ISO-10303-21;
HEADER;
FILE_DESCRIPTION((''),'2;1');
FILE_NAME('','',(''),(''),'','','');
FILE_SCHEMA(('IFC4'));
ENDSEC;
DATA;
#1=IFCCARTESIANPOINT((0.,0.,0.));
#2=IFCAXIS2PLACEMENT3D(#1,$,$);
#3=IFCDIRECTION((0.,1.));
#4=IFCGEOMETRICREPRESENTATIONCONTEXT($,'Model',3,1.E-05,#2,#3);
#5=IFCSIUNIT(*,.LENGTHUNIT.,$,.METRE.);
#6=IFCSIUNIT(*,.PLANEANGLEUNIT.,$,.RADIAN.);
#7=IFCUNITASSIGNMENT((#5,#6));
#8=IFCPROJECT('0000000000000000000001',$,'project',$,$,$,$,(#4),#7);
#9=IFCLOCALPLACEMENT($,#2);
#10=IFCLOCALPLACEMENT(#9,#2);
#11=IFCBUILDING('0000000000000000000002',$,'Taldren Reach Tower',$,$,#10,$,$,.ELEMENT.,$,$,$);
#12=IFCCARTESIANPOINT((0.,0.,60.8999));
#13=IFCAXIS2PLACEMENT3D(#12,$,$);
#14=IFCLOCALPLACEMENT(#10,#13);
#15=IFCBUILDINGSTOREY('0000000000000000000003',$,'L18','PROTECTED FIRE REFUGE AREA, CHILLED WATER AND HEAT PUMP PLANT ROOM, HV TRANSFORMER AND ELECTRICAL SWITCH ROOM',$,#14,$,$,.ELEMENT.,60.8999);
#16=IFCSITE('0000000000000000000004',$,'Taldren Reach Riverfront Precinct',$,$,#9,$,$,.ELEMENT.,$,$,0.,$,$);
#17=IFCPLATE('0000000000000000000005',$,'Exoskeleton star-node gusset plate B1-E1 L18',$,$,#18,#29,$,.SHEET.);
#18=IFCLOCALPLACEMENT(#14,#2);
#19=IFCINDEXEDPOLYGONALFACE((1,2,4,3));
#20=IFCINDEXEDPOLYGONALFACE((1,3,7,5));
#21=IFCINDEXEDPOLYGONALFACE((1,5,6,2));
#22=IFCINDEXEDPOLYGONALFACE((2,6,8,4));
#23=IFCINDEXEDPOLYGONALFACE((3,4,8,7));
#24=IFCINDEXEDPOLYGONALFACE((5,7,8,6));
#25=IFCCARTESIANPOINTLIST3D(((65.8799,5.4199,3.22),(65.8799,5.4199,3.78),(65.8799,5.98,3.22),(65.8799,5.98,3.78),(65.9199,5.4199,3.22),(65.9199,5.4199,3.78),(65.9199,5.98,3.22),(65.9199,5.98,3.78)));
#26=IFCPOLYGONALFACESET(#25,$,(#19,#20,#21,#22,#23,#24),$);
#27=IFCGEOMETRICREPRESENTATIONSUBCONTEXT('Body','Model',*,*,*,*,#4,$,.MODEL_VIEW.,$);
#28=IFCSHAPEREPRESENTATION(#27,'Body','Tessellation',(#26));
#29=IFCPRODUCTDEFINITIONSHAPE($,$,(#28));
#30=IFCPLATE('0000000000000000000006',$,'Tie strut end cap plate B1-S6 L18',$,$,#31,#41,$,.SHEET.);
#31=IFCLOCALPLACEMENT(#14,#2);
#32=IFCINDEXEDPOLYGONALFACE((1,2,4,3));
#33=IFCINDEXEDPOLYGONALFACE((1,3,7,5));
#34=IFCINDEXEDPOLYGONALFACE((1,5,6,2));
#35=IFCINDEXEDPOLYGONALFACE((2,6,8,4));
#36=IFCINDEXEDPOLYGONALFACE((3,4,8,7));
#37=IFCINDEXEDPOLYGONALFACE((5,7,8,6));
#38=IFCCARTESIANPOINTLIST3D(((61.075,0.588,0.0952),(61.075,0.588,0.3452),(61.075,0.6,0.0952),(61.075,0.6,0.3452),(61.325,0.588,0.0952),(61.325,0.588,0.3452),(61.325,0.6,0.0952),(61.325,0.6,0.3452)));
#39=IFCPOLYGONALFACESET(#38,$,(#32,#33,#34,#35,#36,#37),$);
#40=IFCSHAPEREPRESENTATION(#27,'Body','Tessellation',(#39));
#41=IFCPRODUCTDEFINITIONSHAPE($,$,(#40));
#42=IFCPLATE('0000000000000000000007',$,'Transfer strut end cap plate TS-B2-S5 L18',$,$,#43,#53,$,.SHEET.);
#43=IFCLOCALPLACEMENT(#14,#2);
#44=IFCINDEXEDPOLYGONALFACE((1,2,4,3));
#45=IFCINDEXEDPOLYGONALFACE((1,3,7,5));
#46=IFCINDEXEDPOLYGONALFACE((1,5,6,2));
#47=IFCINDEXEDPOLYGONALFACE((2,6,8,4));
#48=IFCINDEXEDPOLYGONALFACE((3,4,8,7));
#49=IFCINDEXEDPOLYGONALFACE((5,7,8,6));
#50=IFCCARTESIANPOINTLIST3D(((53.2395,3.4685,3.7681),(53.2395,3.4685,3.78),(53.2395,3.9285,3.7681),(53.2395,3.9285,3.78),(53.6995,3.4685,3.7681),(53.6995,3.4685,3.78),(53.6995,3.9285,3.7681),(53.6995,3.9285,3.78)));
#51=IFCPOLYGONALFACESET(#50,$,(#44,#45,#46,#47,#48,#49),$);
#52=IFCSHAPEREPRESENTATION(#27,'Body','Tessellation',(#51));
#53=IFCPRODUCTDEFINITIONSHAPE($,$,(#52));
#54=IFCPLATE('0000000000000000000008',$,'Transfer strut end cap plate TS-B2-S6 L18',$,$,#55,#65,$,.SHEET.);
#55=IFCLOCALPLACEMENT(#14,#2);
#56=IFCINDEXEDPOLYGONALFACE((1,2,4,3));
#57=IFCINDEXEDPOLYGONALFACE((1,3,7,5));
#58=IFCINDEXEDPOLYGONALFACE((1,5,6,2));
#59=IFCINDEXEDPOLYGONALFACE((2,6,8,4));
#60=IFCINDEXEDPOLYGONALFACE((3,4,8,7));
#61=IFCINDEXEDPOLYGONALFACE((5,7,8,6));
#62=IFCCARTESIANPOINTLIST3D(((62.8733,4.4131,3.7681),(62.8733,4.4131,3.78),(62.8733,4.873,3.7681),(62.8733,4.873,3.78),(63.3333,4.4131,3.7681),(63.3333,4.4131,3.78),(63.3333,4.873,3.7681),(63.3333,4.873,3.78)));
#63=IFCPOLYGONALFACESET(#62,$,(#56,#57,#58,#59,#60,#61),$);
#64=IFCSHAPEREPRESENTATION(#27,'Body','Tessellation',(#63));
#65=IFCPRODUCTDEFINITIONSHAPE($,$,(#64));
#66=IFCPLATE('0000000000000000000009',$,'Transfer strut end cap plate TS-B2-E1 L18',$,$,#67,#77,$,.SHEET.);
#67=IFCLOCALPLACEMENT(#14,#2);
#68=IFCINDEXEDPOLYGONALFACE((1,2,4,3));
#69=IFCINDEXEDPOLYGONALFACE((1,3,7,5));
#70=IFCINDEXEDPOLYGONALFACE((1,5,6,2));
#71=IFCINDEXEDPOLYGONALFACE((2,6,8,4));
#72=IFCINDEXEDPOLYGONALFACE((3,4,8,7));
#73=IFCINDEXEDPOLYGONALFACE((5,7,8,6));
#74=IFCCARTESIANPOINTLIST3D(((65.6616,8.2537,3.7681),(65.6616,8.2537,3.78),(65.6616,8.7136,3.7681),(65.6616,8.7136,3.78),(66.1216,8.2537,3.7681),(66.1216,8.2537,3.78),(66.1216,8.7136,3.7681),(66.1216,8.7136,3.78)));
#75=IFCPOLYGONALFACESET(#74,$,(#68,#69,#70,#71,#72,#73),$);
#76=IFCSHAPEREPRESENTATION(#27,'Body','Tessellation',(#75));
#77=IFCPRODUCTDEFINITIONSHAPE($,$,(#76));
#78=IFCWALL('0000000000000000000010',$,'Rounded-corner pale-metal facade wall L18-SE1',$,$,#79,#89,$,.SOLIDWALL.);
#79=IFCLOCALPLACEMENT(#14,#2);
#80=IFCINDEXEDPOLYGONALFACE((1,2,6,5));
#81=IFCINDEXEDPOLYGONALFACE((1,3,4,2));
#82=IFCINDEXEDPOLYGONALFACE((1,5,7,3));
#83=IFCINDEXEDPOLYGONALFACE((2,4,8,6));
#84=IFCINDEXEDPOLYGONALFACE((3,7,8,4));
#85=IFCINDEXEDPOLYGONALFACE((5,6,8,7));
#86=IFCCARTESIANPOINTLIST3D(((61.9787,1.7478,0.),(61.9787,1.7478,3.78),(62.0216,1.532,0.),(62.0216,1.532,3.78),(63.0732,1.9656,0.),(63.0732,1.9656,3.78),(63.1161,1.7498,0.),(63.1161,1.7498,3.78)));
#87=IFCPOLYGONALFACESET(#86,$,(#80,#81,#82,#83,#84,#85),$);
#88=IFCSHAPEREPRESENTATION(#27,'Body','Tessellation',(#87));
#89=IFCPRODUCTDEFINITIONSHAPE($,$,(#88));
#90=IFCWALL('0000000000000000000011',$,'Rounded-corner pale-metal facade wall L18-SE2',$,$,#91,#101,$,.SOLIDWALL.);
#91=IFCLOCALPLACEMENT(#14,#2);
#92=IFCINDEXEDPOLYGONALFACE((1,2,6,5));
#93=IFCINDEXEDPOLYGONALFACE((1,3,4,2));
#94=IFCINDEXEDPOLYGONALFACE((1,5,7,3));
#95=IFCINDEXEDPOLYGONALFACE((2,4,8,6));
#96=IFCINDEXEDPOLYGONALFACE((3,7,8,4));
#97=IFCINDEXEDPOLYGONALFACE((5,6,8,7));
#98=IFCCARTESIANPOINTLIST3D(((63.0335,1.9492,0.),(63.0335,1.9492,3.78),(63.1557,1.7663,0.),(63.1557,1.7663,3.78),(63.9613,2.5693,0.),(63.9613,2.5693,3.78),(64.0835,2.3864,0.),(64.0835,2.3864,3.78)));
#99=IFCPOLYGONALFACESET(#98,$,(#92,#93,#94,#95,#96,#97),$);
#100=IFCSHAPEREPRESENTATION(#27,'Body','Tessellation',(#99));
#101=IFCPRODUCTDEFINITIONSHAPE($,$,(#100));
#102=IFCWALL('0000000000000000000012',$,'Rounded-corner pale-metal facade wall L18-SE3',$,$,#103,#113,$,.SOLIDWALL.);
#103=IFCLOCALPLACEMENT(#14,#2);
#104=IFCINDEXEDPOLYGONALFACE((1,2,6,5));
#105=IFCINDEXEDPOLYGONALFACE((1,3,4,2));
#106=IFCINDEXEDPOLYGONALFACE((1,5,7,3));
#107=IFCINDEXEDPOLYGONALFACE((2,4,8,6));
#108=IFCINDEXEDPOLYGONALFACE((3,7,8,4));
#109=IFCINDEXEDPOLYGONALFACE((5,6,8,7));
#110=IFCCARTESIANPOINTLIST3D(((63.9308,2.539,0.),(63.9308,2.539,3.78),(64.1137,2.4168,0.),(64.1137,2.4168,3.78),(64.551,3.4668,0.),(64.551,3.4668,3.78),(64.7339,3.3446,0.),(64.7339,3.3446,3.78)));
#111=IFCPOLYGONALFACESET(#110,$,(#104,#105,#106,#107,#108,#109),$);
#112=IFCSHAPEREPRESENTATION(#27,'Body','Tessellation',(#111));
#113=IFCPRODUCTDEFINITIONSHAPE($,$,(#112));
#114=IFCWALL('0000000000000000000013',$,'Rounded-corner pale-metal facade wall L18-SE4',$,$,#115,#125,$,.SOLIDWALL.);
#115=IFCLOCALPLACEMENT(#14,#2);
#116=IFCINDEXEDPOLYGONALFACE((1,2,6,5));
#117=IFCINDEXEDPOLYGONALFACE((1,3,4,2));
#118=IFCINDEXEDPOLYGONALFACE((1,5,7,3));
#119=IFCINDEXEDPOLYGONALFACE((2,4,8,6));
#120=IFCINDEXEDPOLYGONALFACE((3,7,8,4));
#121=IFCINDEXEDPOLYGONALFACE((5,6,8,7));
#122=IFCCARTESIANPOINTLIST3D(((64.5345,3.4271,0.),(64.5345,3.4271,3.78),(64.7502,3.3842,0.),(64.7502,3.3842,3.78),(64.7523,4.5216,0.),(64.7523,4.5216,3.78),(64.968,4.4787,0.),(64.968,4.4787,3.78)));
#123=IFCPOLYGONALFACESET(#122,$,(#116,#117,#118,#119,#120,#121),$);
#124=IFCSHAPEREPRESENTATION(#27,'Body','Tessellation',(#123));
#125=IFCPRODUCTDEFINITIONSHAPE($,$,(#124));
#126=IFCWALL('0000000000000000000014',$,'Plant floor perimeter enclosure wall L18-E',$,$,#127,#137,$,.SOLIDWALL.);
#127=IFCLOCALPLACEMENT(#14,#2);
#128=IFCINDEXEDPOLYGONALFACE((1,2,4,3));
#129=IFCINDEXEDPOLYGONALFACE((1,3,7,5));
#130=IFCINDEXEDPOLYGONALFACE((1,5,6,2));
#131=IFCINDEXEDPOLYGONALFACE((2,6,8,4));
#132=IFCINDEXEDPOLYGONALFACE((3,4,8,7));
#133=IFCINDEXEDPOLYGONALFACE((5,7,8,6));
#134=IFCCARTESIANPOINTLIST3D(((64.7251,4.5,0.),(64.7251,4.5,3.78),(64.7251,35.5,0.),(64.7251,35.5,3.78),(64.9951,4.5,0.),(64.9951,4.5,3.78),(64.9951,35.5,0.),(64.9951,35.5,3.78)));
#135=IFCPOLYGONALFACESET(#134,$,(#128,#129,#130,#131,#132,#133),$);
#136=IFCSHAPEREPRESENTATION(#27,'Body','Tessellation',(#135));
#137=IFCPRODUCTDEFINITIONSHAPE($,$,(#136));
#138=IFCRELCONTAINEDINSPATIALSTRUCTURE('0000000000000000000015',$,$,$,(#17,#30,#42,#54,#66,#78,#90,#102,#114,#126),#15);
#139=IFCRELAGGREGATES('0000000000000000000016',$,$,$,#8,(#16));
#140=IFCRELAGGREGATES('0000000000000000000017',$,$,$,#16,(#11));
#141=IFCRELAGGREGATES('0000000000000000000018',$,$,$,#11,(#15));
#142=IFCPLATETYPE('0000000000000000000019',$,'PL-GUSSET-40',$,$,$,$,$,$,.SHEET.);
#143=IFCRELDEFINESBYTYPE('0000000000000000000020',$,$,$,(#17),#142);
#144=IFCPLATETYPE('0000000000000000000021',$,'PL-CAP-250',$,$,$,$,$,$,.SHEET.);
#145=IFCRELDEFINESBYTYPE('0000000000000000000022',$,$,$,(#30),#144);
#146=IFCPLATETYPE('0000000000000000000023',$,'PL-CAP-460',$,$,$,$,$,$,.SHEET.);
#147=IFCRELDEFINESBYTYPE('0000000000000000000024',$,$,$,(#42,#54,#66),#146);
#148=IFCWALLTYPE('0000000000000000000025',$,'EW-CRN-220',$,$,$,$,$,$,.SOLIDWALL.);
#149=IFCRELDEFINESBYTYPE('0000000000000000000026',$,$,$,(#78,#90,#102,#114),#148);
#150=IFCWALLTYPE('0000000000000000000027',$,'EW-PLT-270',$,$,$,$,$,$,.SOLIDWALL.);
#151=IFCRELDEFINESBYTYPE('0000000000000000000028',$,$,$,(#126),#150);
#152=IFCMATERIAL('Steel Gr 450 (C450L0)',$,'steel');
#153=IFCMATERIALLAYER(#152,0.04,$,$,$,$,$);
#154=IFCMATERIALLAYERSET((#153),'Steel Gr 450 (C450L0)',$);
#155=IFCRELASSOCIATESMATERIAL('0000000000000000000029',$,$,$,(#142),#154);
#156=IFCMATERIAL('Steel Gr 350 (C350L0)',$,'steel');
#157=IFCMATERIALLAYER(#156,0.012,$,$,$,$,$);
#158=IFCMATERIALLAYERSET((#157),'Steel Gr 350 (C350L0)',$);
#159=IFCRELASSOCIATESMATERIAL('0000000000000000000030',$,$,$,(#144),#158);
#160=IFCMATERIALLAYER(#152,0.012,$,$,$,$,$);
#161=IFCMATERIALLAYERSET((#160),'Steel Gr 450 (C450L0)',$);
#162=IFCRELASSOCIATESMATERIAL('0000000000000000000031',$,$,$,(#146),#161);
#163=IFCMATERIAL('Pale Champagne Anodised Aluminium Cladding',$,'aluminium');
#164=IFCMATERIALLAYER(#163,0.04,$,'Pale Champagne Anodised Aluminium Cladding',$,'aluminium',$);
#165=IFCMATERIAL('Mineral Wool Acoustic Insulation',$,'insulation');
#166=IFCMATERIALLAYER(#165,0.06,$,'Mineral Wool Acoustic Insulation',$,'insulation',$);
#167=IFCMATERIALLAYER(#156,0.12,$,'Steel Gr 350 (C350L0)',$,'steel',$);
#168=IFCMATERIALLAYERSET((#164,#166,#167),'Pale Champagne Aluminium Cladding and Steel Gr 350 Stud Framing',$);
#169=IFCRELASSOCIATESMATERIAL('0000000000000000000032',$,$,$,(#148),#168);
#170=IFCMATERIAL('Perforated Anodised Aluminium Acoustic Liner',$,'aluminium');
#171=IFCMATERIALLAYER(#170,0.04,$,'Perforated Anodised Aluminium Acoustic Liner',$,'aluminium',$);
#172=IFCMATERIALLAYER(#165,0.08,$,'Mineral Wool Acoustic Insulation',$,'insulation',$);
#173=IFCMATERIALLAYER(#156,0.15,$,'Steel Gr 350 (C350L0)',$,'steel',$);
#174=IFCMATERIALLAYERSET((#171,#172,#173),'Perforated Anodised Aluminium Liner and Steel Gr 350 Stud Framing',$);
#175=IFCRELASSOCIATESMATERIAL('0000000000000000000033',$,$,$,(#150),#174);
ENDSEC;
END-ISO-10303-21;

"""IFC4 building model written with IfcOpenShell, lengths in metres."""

from ifc_helpers import new_model, si_unit, direction, frame, frame_2d, origin, origin_2d, place, context, subcontext, project, spatial, rectangle, extrude, source, transform, mapped, material, layer, layer_set, type_object, element, save


model = new_model("IFC4")

# Units and contexts
model_context = context("Model", 3, precision=1e-05, world=origin(), true_north=direction((0.0, 1.0)))
body_context = subcontext(model_context, "Body", "Model", "MODEL_VIEW")
ifc_project = project(units=[si_unit("LENGTHUNIT", "METRE"), si_unit("PLANEANGLEUNIT", "RADIAN")], contexts=[model_context])

# Site, building, storey
site_placement = place(None, origin())
site = spatial("IfcSite", under=ifc_project, at=site_placement, Name="Taldren Reach Riverfront Precinct", CompositionType="ELEMENT", RefElevation=0.0)
building_placement = place(site_placement, origin())
building = spatial("IfcBuilding", under=site, at=building_placement, Name="Taldren Reach Tower", CompositionType="ELEMENT")
storey_placement = place(building_placement, frame((0.0, 0.0, 60.8999)))
storey = spatial("IfcBuildingStorey", under=building, at=storey_placement, Name="L18", Description="PROTECTED FIRE REFUGE AREA, CHILLED WATER AND HEAT PUMP PLANT ROOM, HV TRANSFORMER AND ELECTRICAL SWITCH ROOM", CompositionType="ELEMENT", Elevation=60.8999)

# Shared definitions
ifc_material_1 = material(Name="Steel Gr 450 (C450L0)", Category="steel")
ifc_material_2 = material(Name="Steel Gr 350 (C350L0)", Category="steel")

# Plates
ifc_layer_1 = layer(ifc_material_1, 0.04)
ifc_layer_set_1 = layer_set([ifc_layer_1], Name="Steel Gr 450 (C450L0)")
plate_type_1 = type_object("IfcPlateType", Name="PL-GUSSET-40", PredefinedType="SHEET", material=ifc_layer_set_1)
shared_shape_1 = source(origin(), body_context, "Body", "SweptSolid", [
    extrude(rectangle(XDim=0.5601, YDim=0.04, at=origin_2d()), origin(), (0.0, 0.0, 1.0), 0.5601),
])
for number, where, z_axis, x_axis, name in (
    (1, (65.8999, 5.7, 3.22), (0.0, 0.0, 1.0), (0.0, 1.0, 0.0), "Exoskeleton star-node gusset plate B1-E1 L18"),
):
    element("IfcPlate", number, at=place(storey_placement, frame(where, z_axis=z_axis, x_axis=x_axis)), inside=storey, type_object=plate_type_1, Name=name, PredefinedType="SHEET", context=body_context, shape_type="MappedRepresentation", body=[
        mapped(shared_shape_1, transform((0.0, 0.0, 0.0), scale=1.0)),
    ])
ifc_layer_2 = layer(ifc_material_2, 0.012)
ifc_layer_set_2 = layer_set([ifc_layer_2], Name="Steel Gr 350 (C350L0)")
plate_type_2 = type_object("IfcPlateType", Name="PL-CAP-250", PredefinedType="SHEET", material=ifc_layer_set_2)
shared_shape_2 = source(origin(), body_context, "Body", "SweptSolid", [
    extrude(rectangle(XDim=0.25, YDim=0.012, at=origin_2d()), origin(), (0.0, 0.0, 1.0), 0.25),
])
plate_placement = place(storey_placement, frame((61.2, 0.594, 0.0952), z_axis=(0.0, 0.0, 1.0), x_axis=(1.0, 0.0, 0.0)))
element("IfcPlate", 2, at=plate_placement, inside=storey, type_object=plate_type_2, Name="Tie strut end cap plate B1-S6 L18", PredefinedType="SHEET", context=body_context, shape_type="MappedRepresentation", body=[
    mapped(shared_shape_2, transform((0.0, 0.0, 0.0), scale=1.0)),
])
ifc_layer_3 = layer(ifc_material_1, 0.012)
ifc_layer_set_3 = layer_set([ifc_layer_3], Name="Steel Gr 450 (C450L0)")
plate_type_3 = type_object("IfcPlateType", Name="PL-CAP-460", PredefinedType="SHEET", material=ifc_layer_set_3)
shared_shape_3 = source(origin(), body_context, "Body", "SweptSolid", [
    extrude(rectangle(XDim=0.46, YDim=0.46, at=origin_2d()), origin(), (0.0, 0.0, 1.0), 0.012),
])
for number, where, z_axis, x_axis, name in (
    (3, (53.4695, 3.6985, 3.7681), (0.0, 0.0, 1.0), (1.0, 0.0, 0.0), "Transfer strut end cap plate TS-B2-S5 L18"),
    (4, (63.1033, 4.6431, 3.7681), (0.0, 0.0, 1.0), (1.0, 0.0, 0.0), "Transfer strut end cap plate TS-B2-S6 L18"),
    (5, (65.8916, 8.4836, 3.7681), (0.0, 0.0, 1.0), (1.0, 0.0, 0.0), "Transfer strut end cap plate TS-B2-E1 L18"),
):
    element("IfcPlate", number, at=place(storey_placement, frame(where, z_axis=z_axis, x_axis=x_axis)), inside=storey, type_object=plate_type_3, Name=name, PredefinedType="SHEET", context=body_context, shape_type="MappedRepresentation", body=[
        mapped(shared_shape_3, transform((0.0, 0.0, 0.0), scale=1.0)),
    ])

# Walls
ifc_material_3 = material(Name="Pale Champagne Anodised Aluminium Cladding", Category="aluminium")
ifc_layer_4 = layer(ifc_material_3, 0.04, Name="Pale Champagne Anodised Aluminium Cladding", Category="aluminium")
ifc_material_4 = material(Name="Mineral Wool Acoustic Insulation", Category="insulation")
ifc_layer_5 = layer(ifc_material_4, 0.06, Name="Mineral Wool Acoustic Insulation", Category="insulation")
ifc_layer_6 = layer(ifc_material_2, 0.12, Name="Steel Gr 350 (C350L0)", Category="steel")
ifc_layer_set_4 = layer_set([ifc_layer_4, ifc_layer_5, ifc_layer_6], Name="Pale Champagne Aluminium Cladding and Steel Gr 350 Stud Framing")
wall_type_1 = type_object("IfcWallType", Name="EW-CRN-220", PredefinedType="SOLIDWALL", material=ifc_layer_set_4)
shared_shape_4 = source(origin(), body_context, "Body", "SweptSolid", [
    extrude(rectangle(XDim=1.116, YDim=0.22, at=frame_2d((0.5581, 0.0))), origin(), (0.0, 0.0, 1.0), 3.78),
])
for number, where, z_axis, x_axis, name in (
    (6, (62.0, 1.6399, 0.0), (0.0, 0.0, 1.0), (0.980774, 0.195148, 0.0), "Rounded-corner pale-metal facade wall L18-SE1"),
    (7, (63.0945, 1.8577, 0.0), (0.0, 0.0, 1.0), (0.831377, 0.55571, 0.0), "Rounded-corner pale-metal facade wall L18-SE2"),
    (8, (64.0222, 2.4778, 0.0), (0.0, 0.0, 1.0), (0.55571, 0.831377, 0.0), "Rounded-corner pale-metal facade wall L18-SE3"),
    (9, (64.6423, 3.4055, 0.0), (0.0, 0.0, 1.0), (0.195148, 0.980774, 0.0), "Rounded-corner pale-metal facade wall L18-SE4"),
):
    element("IfcWall", number, at=place(storey_placement, frame(where, z_axis=z_axis, x_axis=x_axis)), inside=storey, type_object=wall_type_1, Name=name, PredefinedType="SOLIDWALL", context=body_context, shape_type="MappedRepresentation", body=[
        mapped(shared_shape_4, transform((0.0, 0.0, 0.0), scale=1.0)),
    ])
ifc_material_5 = material(Name="Perforated Anodised Aluminium Acoustic Liner", Category="aluminium")
ifc_layer_7 = layer(ifc_material_5, 0.04, Name="Perforated Anodised Aluminium Acoustic Liner", Category="aluminium")
ifc_layer_8 = layer(ifc_material_4, 0.08, Name="Mineral Wool Acoustic Insulation", Category="insulation")
ifc_layer_9 = layer(ifc_material_2, 0.15, Name="Steel Gr 350 (C350L0)", Category="steel")
ifc_layer_set_5 = layer_set([ifc_layer_7, ifc_layer_8, ifc_layer_9], Name="Perforated Anodised Aluminium Liner and Steel Gr 350 Stud Framing")
wall_type_2 = type_object("IfcWallType", Name="EW-PLT-270", PredefinedType="SOLIDWALL", material=ifc_layer_set_5)
shared_shape_5 = source(origin(), body_context, "Body", "SweptSolid", [
    extrude(rectangle(XDim=31.0, YDim=0.27, at=frame_2d((15.5, 0.0))), origin(), (0.0, 0.0, 1.0), 3.78),
])
wall_placement = place(storey_placement, frame((64.8601, 4.5, 0.0), z_axis=(0.0, 0.0, 1.0), x_axis=(0.0, 1.0, 0.0)))
element("IfcWall", 10, at=wall_placement, inside=storey, type_object=wall_type_2, Name="Plant floor perimeter enclosure wall L18-E", PredefinedType="SOLIDWALL", context=body_context, shape_type="MappedRepresentation", body=[
    mapped(shared_shape_5, transform((0.0, 0.0, 0.0), scale=1.0)),
])

save(model, "model.ifc")
